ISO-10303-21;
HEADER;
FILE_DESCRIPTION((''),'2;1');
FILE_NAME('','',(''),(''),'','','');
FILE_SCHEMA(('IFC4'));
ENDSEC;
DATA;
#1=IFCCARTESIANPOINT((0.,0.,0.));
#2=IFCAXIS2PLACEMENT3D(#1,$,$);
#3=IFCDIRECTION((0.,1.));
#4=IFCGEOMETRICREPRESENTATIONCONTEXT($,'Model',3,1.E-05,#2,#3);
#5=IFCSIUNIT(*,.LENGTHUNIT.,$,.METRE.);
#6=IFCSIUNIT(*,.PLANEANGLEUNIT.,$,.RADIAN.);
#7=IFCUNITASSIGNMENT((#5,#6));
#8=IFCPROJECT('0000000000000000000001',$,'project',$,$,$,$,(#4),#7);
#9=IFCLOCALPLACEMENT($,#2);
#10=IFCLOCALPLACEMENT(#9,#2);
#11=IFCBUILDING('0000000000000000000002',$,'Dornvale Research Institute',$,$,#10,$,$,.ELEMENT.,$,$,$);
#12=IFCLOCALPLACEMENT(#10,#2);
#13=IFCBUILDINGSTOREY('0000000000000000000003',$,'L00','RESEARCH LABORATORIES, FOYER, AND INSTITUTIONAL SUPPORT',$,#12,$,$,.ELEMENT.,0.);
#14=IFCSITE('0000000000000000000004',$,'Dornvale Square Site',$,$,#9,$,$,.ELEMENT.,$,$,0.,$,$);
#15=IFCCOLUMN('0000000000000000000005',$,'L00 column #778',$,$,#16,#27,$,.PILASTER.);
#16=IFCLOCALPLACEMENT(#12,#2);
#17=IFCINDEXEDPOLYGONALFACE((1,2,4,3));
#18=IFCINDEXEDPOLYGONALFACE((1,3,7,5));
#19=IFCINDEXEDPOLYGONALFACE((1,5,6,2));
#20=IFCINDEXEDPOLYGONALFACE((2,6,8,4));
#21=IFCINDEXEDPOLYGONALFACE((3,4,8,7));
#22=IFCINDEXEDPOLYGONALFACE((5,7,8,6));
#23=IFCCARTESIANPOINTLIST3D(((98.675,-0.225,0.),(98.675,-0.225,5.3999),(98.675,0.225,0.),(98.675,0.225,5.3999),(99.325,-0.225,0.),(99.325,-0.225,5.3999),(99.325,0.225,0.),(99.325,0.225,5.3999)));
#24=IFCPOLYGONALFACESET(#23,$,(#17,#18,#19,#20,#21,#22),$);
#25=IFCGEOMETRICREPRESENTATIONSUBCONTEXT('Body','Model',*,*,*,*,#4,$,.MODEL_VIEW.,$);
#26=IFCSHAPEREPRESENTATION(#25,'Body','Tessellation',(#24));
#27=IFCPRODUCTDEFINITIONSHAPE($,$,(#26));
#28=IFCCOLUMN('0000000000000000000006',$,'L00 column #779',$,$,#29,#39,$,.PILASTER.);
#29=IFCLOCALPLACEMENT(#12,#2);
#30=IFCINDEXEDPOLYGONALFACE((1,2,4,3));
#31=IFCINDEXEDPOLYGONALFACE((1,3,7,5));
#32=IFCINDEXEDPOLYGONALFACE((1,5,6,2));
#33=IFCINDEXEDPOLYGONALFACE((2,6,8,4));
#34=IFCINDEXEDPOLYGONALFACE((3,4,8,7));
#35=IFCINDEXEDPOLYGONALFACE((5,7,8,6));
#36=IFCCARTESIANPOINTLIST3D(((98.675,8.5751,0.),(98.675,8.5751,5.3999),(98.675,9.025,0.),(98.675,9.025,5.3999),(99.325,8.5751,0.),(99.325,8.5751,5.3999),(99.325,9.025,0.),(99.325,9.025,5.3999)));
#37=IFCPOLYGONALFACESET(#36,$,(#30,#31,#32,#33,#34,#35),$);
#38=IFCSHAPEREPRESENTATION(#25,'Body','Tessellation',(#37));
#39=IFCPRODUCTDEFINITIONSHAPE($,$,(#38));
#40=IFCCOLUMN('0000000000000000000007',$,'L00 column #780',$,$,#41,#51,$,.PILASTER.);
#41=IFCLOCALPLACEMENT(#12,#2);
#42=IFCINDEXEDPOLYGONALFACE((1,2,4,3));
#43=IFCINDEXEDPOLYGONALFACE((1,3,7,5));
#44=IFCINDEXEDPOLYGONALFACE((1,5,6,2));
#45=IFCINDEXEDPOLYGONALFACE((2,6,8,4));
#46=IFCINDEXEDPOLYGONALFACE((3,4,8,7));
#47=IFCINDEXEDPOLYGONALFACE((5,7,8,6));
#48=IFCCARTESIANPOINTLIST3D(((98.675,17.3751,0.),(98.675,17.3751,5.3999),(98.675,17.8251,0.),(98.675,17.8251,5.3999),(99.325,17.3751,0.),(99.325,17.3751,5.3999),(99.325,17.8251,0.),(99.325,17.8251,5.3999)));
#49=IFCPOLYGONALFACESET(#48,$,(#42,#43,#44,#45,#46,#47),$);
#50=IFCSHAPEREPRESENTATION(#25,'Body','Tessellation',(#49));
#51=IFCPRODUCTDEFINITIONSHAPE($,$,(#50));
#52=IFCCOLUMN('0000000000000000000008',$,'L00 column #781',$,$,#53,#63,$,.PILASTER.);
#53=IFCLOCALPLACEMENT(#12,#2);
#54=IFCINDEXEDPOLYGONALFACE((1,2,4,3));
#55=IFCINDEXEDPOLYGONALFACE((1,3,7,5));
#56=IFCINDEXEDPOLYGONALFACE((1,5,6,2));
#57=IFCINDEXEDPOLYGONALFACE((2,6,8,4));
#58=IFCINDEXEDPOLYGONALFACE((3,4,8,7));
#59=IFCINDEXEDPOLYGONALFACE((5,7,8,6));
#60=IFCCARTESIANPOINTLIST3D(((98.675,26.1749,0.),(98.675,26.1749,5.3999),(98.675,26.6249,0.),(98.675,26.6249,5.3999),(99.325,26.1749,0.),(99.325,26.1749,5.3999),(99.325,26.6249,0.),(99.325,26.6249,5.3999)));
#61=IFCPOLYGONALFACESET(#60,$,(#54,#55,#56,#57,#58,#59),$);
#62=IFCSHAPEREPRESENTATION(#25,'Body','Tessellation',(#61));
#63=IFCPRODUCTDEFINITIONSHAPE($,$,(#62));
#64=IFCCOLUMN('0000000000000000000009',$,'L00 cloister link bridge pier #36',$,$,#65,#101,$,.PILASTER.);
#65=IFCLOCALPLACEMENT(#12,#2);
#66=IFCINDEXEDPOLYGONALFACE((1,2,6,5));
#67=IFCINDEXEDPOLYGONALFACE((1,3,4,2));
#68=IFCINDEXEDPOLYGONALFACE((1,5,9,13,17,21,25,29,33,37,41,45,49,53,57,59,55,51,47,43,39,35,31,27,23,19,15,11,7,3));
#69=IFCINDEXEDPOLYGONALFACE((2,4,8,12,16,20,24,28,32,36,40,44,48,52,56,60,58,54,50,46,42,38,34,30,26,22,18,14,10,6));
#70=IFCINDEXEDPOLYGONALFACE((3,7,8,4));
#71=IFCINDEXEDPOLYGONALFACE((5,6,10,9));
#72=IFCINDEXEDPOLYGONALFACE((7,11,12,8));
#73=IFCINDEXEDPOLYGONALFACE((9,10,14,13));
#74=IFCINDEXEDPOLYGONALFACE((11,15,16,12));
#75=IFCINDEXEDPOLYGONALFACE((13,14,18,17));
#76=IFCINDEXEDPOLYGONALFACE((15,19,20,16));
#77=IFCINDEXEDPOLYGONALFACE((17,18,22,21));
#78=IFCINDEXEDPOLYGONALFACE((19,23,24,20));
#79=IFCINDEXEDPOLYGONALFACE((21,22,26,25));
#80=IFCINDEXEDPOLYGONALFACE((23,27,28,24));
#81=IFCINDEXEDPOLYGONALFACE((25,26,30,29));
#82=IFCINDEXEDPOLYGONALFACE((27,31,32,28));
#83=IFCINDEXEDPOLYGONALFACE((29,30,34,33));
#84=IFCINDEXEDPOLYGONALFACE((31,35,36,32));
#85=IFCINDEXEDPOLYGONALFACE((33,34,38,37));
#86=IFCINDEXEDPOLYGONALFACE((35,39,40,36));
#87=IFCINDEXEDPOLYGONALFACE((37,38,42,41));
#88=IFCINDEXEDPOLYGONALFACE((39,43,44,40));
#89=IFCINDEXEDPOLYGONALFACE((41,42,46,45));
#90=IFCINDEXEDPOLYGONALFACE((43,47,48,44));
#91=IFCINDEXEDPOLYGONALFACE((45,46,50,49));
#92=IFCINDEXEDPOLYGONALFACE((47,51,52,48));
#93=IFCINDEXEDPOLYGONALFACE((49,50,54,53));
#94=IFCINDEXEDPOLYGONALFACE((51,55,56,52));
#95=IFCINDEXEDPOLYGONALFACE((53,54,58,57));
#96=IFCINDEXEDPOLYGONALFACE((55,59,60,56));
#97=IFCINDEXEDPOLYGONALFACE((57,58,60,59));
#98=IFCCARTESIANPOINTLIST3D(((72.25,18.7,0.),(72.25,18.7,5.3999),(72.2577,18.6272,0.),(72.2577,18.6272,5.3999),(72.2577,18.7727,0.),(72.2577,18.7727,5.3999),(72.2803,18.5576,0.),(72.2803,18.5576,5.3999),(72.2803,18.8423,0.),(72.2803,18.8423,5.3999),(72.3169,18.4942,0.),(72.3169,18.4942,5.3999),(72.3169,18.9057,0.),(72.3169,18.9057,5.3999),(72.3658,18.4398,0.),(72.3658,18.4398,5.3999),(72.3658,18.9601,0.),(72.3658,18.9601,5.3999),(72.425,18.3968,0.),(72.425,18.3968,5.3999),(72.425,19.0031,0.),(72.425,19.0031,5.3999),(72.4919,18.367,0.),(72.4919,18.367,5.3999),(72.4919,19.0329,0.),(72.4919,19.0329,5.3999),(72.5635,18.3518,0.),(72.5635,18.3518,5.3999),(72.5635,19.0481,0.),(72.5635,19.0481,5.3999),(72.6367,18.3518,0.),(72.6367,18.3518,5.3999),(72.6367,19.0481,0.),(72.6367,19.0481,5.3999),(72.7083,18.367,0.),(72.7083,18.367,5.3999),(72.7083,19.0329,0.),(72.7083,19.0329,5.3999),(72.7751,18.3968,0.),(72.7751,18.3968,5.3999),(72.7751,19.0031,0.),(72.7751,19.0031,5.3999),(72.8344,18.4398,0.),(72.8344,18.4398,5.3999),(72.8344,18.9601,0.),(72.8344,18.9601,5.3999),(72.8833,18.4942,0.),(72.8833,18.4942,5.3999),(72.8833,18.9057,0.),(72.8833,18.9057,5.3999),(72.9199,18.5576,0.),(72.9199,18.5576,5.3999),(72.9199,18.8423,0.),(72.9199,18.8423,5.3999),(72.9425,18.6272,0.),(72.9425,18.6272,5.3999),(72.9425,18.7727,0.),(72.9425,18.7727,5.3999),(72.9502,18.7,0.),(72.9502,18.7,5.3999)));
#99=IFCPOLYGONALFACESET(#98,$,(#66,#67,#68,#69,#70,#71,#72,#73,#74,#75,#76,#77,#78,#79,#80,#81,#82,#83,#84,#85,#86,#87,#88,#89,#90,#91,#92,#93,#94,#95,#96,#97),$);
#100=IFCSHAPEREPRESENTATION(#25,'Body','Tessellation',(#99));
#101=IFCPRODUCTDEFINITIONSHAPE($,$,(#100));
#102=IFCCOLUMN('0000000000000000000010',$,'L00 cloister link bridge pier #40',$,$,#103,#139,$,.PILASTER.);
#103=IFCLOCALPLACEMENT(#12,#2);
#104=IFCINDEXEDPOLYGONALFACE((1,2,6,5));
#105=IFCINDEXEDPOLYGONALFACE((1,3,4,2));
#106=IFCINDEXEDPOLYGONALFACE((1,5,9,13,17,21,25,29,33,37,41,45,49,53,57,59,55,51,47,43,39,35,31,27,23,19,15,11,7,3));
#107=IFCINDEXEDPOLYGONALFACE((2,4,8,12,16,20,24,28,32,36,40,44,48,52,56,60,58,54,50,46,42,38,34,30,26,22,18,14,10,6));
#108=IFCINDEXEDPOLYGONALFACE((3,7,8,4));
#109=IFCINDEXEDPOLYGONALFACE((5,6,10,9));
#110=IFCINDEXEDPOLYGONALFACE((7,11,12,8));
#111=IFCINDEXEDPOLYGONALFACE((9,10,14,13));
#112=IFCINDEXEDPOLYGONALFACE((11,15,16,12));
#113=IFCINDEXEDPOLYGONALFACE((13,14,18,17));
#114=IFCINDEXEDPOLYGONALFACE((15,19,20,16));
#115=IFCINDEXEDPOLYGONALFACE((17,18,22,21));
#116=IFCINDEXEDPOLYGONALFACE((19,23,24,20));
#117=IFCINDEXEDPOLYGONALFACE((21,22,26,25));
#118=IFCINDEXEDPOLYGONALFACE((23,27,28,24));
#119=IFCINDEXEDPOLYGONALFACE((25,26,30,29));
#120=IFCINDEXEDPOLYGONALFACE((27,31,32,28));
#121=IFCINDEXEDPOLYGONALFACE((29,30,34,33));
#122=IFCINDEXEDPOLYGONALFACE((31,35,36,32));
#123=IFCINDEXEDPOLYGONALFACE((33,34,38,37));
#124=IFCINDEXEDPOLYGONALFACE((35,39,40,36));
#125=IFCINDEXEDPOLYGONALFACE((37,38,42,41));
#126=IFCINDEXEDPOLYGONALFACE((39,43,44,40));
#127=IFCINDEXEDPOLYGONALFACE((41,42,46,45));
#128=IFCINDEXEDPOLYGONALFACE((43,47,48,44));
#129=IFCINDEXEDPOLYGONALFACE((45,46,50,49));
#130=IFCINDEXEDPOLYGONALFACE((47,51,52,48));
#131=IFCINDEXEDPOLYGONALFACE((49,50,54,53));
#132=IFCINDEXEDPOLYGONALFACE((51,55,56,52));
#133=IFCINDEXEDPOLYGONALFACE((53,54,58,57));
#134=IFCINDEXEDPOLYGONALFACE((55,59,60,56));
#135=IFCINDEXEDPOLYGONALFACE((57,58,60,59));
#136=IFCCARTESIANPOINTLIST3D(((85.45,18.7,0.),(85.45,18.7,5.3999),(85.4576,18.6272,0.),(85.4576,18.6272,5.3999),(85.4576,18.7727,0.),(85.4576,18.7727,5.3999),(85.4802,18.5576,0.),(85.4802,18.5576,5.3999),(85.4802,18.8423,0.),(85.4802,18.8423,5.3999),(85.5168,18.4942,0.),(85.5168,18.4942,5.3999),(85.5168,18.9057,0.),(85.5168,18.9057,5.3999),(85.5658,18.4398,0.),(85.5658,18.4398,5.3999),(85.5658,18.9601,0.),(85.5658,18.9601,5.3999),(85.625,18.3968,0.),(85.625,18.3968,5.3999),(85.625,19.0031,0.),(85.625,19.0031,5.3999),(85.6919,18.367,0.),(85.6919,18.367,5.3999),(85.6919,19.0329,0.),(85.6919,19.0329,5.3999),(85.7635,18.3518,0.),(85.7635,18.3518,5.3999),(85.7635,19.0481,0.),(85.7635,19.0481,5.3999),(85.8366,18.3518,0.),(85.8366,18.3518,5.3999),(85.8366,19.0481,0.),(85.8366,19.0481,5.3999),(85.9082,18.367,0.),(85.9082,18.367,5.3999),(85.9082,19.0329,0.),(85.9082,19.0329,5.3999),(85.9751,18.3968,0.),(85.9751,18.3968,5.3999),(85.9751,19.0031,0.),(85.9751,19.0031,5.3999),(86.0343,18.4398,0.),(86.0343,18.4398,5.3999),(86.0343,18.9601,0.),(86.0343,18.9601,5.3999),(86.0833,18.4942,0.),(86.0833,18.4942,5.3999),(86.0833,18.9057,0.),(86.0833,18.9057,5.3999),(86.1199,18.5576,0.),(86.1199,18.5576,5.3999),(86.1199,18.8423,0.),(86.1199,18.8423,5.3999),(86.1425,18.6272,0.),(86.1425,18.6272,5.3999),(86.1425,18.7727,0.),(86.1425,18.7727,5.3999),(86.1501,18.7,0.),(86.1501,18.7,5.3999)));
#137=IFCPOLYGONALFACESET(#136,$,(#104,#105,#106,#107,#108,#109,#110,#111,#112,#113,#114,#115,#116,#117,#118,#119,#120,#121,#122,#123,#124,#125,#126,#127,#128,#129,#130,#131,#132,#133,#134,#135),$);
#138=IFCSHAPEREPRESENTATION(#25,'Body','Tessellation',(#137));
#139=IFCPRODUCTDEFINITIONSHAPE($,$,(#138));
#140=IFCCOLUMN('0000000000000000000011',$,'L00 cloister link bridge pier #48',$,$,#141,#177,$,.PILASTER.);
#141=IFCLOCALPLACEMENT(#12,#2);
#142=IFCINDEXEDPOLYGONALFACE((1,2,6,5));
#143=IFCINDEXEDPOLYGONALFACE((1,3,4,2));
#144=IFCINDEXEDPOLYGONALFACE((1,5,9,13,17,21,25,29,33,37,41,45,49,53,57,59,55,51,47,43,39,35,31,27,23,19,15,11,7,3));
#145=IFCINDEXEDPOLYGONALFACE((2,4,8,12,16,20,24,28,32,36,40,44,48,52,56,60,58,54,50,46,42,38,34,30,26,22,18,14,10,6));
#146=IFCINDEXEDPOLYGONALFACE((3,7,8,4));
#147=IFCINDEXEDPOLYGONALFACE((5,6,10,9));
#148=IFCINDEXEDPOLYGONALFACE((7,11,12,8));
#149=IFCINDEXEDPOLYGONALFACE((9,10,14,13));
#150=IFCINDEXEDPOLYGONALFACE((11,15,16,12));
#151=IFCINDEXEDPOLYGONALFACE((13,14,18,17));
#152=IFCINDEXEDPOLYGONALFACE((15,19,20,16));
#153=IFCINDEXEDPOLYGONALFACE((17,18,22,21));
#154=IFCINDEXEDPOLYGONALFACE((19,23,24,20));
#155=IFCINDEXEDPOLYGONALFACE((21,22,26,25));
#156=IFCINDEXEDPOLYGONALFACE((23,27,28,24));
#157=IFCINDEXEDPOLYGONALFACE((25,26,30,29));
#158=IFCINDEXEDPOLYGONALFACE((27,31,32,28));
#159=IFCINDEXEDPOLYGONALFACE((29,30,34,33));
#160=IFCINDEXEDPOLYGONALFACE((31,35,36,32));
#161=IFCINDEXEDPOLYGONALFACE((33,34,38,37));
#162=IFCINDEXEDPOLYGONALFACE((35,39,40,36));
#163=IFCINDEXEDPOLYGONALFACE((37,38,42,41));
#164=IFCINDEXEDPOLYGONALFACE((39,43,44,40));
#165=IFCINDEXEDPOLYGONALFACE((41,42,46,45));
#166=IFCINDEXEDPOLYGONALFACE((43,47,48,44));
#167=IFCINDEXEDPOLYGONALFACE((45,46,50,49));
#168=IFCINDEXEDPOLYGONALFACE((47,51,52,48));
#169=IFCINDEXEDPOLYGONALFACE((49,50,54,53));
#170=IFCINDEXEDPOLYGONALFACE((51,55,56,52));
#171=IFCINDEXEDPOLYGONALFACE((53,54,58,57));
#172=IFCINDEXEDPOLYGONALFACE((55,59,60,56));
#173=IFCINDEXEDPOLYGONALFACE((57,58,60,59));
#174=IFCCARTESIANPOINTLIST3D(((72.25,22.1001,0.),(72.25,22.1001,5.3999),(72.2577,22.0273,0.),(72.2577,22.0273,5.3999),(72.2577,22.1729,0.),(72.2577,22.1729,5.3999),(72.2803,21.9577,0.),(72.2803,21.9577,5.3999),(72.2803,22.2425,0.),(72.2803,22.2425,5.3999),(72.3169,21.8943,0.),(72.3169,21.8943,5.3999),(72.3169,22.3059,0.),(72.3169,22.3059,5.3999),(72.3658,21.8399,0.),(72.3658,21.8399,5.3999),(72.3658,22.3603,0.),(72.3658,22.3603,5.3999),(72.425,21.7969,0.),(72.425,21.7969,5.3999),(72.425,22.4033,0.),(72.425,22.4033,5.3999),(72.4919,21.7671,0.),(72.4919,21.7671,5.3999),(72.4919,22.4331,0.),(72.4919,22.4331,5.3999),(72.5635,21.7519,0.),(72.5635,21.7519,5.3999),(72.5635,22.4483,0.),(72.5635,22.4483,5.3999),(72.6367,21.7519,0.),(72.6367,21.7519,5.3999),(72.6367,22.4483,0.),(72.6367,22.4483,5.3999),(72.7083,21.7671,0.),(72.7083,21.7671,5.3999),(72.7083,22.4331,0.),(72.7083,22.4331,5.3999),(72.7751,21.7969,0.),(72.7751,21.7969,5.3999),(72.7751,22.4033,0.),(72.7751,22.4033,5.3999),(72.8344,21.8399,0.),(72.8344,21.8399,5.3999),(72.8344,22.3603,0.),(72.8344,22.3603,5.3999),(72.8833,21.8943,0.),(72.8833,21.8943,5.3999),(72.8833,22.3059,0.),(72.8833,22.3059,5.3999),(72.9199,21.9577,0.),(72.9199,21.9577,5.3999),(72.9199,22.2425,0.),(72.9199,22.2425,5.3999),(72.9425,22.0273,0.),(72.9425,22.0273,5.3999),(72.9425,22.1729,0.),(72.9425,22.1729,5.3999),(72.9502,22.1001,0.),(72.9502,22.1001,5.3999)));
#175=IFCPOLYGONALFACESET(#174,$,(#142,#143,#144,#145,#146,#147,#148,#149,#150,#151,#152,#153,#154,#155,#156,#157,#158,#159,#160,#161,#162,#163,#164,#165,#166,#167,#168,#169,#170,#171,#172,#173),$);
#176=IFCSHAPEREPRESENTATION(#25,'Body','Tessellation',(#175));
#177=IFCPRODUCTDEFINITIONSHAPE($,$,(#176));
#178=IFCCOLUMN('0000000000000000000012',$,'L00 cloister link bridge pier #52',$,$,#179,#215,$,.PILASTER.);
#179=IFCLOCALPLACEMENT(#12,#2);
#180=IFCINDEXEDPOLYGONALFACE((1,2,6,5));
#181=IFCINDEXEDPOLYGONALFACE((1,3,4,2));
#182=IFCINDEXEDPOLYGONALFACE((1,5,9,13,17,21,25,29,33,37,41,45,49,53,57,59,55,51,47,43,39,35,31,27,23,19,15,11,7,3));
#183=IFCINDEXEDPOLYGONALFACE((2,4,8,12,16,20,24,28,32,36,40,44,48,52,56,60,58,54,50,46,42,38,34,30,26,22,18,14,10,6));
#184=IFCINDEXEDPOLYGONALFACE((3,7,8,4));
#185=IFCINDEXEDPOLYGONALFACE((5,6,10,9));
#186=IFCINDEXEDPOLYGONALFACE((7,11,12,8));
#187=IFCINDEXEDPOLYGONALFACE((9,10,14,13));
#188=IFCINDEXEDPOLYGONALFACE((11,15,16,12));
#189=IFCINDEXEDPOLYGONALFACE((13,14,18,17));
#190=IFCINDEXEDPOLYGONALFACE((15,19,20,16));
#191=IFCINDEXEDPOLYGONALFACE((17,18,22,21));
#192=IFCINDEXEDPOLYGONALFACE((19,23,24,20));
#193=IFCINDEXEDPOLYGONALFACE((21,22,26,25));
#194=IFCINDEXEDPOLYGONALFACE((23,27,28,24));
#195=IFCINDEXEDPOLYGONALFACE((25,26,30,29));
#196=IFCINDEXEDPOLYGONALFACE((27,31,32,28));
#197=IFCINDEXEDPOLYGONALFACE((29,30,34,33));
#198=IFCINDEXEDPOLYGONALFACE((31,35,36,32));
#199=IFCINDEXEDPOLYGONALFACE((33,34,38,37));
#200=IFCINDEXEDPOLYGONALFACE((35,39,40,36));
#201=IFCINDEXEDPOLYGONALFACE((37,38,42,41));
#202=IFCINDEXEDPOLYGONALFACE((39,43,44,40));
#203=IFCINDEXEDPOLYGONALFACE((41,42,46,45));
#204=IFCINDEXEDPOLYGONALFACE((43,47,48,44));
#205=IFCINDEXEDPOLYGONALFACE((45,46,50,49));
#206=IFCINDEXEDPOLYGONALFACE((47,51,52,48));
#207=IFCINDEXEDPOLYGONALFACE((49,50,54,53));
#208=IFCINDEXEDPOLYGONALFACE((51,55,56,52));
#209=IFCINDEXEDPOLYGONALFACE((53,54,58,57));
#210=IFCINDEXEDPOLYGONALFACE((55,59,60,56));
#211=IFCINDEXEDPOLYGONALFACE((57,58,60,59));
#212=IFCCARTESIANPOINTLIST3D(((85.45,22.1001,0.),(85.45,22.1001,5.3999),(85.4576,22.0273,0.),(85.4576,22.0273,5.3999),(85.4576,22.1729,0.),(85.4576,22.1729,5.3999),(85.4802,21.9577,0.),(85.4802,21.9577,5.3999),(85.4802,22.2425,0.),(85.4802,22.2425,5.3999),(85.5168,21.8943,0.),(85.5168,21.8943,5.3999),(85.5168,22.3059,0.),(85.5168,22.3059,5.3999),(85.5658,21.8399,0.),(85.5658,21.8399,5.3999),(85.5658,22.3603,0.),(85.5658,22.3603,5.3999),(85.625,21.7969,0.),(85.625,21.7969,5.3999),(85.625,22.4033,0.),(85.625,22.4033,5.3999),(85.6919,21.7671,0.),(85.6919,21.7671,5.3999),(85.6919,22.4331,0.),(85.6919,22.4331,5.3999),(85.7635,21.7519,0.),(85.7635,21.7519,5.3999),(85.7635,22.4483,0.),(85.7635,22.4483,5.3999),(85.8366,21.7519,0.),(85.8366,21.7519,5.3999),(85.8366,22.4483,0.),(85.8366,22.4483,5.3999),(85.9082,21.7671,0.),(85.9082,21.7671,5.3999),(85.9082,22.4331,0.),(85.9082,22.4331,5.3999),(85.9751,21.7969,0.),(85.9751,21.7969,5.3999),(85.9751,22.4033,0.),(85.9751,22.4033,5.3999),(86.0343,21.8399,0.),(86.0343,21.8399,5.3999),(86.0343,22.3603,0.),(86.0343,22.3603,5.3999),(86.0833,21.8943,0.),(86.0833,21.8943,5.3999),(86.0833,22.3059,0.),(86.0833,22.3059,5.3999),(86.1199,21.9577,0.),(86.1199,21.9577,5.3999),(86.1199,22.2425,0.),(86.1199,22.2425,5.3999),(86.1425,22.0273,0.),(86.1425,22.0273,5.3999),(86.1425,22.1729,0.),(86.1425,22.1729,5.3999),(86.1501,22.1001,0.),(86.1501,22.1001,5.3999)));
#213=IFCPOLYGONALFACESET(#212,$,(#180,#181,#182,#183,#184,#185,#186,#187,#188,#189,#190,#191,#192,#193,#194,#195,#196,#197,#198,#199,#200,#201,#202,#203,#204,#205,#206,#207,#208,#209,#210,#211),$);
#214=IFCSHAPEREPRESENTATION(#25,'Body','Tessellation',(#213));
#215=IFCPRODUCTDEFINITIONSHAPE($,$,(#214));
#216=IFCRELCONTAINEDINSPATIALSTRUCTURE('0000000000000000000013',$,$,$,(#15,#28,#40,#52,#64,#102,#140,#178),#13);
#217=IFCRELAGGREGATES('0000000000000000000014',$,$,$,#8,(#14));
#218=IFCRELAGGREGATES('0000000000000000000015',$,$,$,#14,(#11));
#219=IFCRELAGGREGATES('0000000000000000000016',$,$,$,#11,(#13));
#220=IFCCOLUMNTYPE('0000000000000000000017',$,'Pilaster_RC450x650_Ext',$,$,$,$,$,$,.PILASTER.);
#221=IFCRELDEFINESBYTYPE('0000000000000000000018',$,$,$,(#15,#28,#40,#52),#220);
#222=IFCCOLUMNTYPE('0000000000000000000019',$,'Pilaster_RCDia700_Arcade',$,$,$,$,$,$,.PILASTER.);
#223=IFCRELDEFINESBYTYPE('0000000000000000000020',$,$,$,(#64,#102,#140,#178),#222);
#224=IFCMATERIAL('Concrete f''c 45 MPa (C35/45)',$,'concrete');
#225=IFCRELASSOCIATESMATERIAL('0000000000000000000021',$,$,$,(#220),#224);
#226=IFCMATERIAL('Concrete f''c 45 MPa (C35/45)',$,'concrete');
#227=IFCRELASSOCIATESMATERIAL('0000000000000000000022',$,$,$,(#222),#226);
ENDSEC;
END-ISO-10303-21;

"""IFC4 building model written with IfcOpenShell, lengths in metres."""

from ifc_helpers import new_model, si_unit, direction, frame, origin, origin_2d, place, context, subcontext, project, spatial, rectangle, circle, extrude, material, material_profile, profile_set, type_object, element, save


model = new_model("IFC4")

# Units and contexts
model_context = context("Model", 3, precision=1e-05, world=origin(), true_north=direction((0.0, 1.0)))
body_context = subcontext(model_context, "Body", "Model", "MODEL_VIEW")
ifc_project = project(units=[si_unit("LENGTHUNIT", "METRE"), si_unit("PLANEANGLEUNIT", "RADIAN")], contexts=[model_context])

# Site, building, storey
site_placement = place(None, origin())
site = spatial("IfcSite", under=ifc_project, at=site_placement, Name="Dornvale Square Site", CompositionType="ELEMENT", RefElevation=0.0)
building_placement = place(site_placement, origin())
building = spatial("IfcBuilding", under=site, at=building_placement, Name="Dornvale Research Institute", CompositionType="ELEMENT")
storey_placement = place(building_placement, origin())
storey = spatial("IfcBuildingStorey", under=building, at=storey_placement, Name="L00", Description="RESEARCH LABORATORIES, FOYER, AND INSTITUTIONAL SUPPORT", CompositionType="ELEMENT", Elevation=0.0)

# Columns
ifc_material_1 = material(Name="Concrete f'c 45 MPa (C35/45)", Category="concrete")
ifc_material_profile_1 = material_profile(ifc_material_1, rectangle(XDim=0.45, YDim=0.6499, at=origin_2d()), Name="RC 450x650")
ifc_profile_set_1 = profile_set([ifc_material_profile_1], Name="Concrete f'c 45 MPa (C35/45)")
column_type_1 = type_object("IfcColumnType", Name="Pilaster_RC450x650_Ext", PredefinedType="PILASTER", material=ifc_profile_set_1)
for number, where, z_axis, x_axis, name in (
    (1, (99.0, 0.0, 0.0), (0.0, 0.0, 1.0), (0.0, 1.0, 0.0), "L00 column #778"),
    (2, (99.0, 8.8, 0.0), (0.0, 0.0, 1.0), (0.0, 1.0, 0.0), "L00 column #779"),
    (3, (99.0, 17.6001, 0.0), (0.0, 0.0, 1.0), (0.0, 1.0, 0.0), "L00 column #780"),
    (4, (99.0, 26.3999, 0.0), (0.0, 0.0, 1.0), (0.0, 1.0, 0.0), "L00 column #781"),
):
    element("IfcColumn", number, at=place(storey_placement, frame(where, z_axis=z_axis, x_axis=x_axis)), inside=storey, type_object=column_type_1, Name=name, PredefinedType="PILASTER", context=body_context, shape_type="SweptSolid", body=[
        extrude(rectangle(XDim=0.45, YDim=0.6499, at=origin_2d()), origin(), (0.0, 0.0, 1.0), 5.3999),
    ])
ifc_material_2 = material(Name="Concrete f'c 45 MPa (C35/45)", Category="concrete")
ifc_material_profile_2 = material_profile(ifc_material_2, circle(Radius=0.3501, at=origin_2d()), Name="RC DIA 700")
ifc_profile_set_2 = profile_set([ifc_material_profile_2], Name="Concrete f'c 45 MPa (C35/45)")
column_type_2 = type_object("IfcColumnType", Name="Pilaster_RCDia700_Arcade", PredefinedType="PILASTER", material=ifc_profile_set_2)
for number, where, z_axis, x_axis, name in (
    (5, (72.6001, 18.7, 0.0), (0.0, 0.0, 1.0), (1.0, 0.0, 0.0), "L00 cloister link bridge pier #36"),
    (6, (85.8, 18.7, 0.0), (0.0, 0.0, 1.0), (1.0, 0.0, 0.0), "L00 cloister link bridge pier #40"),
    (7, (72.6001, 22.1001, 0.0), (0.0, 0.0, 1.0), (1.0, 0.0, 0.0), "L00 cloister link bridge pier #48"),
    (8, (85.8, 22.1001, 0.0), (0.0, 0.0, 1.0), (1.0, 0.0, 0.0), "L00 cloister link bridge pier #52"),
):
    element("IfcColumn", number, at=place(storey_placement, frame(where, z_axis=z_axis, x_axis=x_axis)), inside=storey, type_object=column_type_2, Name=name, PredefinedType="PILASTER", context=body_context, shape_type="SweptSolid", body=[
        extrude(circle(Radius=0.3501, at=origin_2d()), origin(), (0.0, 0.0, 1.0), 5.3999),
    ])

save(model, "model.ifc")
